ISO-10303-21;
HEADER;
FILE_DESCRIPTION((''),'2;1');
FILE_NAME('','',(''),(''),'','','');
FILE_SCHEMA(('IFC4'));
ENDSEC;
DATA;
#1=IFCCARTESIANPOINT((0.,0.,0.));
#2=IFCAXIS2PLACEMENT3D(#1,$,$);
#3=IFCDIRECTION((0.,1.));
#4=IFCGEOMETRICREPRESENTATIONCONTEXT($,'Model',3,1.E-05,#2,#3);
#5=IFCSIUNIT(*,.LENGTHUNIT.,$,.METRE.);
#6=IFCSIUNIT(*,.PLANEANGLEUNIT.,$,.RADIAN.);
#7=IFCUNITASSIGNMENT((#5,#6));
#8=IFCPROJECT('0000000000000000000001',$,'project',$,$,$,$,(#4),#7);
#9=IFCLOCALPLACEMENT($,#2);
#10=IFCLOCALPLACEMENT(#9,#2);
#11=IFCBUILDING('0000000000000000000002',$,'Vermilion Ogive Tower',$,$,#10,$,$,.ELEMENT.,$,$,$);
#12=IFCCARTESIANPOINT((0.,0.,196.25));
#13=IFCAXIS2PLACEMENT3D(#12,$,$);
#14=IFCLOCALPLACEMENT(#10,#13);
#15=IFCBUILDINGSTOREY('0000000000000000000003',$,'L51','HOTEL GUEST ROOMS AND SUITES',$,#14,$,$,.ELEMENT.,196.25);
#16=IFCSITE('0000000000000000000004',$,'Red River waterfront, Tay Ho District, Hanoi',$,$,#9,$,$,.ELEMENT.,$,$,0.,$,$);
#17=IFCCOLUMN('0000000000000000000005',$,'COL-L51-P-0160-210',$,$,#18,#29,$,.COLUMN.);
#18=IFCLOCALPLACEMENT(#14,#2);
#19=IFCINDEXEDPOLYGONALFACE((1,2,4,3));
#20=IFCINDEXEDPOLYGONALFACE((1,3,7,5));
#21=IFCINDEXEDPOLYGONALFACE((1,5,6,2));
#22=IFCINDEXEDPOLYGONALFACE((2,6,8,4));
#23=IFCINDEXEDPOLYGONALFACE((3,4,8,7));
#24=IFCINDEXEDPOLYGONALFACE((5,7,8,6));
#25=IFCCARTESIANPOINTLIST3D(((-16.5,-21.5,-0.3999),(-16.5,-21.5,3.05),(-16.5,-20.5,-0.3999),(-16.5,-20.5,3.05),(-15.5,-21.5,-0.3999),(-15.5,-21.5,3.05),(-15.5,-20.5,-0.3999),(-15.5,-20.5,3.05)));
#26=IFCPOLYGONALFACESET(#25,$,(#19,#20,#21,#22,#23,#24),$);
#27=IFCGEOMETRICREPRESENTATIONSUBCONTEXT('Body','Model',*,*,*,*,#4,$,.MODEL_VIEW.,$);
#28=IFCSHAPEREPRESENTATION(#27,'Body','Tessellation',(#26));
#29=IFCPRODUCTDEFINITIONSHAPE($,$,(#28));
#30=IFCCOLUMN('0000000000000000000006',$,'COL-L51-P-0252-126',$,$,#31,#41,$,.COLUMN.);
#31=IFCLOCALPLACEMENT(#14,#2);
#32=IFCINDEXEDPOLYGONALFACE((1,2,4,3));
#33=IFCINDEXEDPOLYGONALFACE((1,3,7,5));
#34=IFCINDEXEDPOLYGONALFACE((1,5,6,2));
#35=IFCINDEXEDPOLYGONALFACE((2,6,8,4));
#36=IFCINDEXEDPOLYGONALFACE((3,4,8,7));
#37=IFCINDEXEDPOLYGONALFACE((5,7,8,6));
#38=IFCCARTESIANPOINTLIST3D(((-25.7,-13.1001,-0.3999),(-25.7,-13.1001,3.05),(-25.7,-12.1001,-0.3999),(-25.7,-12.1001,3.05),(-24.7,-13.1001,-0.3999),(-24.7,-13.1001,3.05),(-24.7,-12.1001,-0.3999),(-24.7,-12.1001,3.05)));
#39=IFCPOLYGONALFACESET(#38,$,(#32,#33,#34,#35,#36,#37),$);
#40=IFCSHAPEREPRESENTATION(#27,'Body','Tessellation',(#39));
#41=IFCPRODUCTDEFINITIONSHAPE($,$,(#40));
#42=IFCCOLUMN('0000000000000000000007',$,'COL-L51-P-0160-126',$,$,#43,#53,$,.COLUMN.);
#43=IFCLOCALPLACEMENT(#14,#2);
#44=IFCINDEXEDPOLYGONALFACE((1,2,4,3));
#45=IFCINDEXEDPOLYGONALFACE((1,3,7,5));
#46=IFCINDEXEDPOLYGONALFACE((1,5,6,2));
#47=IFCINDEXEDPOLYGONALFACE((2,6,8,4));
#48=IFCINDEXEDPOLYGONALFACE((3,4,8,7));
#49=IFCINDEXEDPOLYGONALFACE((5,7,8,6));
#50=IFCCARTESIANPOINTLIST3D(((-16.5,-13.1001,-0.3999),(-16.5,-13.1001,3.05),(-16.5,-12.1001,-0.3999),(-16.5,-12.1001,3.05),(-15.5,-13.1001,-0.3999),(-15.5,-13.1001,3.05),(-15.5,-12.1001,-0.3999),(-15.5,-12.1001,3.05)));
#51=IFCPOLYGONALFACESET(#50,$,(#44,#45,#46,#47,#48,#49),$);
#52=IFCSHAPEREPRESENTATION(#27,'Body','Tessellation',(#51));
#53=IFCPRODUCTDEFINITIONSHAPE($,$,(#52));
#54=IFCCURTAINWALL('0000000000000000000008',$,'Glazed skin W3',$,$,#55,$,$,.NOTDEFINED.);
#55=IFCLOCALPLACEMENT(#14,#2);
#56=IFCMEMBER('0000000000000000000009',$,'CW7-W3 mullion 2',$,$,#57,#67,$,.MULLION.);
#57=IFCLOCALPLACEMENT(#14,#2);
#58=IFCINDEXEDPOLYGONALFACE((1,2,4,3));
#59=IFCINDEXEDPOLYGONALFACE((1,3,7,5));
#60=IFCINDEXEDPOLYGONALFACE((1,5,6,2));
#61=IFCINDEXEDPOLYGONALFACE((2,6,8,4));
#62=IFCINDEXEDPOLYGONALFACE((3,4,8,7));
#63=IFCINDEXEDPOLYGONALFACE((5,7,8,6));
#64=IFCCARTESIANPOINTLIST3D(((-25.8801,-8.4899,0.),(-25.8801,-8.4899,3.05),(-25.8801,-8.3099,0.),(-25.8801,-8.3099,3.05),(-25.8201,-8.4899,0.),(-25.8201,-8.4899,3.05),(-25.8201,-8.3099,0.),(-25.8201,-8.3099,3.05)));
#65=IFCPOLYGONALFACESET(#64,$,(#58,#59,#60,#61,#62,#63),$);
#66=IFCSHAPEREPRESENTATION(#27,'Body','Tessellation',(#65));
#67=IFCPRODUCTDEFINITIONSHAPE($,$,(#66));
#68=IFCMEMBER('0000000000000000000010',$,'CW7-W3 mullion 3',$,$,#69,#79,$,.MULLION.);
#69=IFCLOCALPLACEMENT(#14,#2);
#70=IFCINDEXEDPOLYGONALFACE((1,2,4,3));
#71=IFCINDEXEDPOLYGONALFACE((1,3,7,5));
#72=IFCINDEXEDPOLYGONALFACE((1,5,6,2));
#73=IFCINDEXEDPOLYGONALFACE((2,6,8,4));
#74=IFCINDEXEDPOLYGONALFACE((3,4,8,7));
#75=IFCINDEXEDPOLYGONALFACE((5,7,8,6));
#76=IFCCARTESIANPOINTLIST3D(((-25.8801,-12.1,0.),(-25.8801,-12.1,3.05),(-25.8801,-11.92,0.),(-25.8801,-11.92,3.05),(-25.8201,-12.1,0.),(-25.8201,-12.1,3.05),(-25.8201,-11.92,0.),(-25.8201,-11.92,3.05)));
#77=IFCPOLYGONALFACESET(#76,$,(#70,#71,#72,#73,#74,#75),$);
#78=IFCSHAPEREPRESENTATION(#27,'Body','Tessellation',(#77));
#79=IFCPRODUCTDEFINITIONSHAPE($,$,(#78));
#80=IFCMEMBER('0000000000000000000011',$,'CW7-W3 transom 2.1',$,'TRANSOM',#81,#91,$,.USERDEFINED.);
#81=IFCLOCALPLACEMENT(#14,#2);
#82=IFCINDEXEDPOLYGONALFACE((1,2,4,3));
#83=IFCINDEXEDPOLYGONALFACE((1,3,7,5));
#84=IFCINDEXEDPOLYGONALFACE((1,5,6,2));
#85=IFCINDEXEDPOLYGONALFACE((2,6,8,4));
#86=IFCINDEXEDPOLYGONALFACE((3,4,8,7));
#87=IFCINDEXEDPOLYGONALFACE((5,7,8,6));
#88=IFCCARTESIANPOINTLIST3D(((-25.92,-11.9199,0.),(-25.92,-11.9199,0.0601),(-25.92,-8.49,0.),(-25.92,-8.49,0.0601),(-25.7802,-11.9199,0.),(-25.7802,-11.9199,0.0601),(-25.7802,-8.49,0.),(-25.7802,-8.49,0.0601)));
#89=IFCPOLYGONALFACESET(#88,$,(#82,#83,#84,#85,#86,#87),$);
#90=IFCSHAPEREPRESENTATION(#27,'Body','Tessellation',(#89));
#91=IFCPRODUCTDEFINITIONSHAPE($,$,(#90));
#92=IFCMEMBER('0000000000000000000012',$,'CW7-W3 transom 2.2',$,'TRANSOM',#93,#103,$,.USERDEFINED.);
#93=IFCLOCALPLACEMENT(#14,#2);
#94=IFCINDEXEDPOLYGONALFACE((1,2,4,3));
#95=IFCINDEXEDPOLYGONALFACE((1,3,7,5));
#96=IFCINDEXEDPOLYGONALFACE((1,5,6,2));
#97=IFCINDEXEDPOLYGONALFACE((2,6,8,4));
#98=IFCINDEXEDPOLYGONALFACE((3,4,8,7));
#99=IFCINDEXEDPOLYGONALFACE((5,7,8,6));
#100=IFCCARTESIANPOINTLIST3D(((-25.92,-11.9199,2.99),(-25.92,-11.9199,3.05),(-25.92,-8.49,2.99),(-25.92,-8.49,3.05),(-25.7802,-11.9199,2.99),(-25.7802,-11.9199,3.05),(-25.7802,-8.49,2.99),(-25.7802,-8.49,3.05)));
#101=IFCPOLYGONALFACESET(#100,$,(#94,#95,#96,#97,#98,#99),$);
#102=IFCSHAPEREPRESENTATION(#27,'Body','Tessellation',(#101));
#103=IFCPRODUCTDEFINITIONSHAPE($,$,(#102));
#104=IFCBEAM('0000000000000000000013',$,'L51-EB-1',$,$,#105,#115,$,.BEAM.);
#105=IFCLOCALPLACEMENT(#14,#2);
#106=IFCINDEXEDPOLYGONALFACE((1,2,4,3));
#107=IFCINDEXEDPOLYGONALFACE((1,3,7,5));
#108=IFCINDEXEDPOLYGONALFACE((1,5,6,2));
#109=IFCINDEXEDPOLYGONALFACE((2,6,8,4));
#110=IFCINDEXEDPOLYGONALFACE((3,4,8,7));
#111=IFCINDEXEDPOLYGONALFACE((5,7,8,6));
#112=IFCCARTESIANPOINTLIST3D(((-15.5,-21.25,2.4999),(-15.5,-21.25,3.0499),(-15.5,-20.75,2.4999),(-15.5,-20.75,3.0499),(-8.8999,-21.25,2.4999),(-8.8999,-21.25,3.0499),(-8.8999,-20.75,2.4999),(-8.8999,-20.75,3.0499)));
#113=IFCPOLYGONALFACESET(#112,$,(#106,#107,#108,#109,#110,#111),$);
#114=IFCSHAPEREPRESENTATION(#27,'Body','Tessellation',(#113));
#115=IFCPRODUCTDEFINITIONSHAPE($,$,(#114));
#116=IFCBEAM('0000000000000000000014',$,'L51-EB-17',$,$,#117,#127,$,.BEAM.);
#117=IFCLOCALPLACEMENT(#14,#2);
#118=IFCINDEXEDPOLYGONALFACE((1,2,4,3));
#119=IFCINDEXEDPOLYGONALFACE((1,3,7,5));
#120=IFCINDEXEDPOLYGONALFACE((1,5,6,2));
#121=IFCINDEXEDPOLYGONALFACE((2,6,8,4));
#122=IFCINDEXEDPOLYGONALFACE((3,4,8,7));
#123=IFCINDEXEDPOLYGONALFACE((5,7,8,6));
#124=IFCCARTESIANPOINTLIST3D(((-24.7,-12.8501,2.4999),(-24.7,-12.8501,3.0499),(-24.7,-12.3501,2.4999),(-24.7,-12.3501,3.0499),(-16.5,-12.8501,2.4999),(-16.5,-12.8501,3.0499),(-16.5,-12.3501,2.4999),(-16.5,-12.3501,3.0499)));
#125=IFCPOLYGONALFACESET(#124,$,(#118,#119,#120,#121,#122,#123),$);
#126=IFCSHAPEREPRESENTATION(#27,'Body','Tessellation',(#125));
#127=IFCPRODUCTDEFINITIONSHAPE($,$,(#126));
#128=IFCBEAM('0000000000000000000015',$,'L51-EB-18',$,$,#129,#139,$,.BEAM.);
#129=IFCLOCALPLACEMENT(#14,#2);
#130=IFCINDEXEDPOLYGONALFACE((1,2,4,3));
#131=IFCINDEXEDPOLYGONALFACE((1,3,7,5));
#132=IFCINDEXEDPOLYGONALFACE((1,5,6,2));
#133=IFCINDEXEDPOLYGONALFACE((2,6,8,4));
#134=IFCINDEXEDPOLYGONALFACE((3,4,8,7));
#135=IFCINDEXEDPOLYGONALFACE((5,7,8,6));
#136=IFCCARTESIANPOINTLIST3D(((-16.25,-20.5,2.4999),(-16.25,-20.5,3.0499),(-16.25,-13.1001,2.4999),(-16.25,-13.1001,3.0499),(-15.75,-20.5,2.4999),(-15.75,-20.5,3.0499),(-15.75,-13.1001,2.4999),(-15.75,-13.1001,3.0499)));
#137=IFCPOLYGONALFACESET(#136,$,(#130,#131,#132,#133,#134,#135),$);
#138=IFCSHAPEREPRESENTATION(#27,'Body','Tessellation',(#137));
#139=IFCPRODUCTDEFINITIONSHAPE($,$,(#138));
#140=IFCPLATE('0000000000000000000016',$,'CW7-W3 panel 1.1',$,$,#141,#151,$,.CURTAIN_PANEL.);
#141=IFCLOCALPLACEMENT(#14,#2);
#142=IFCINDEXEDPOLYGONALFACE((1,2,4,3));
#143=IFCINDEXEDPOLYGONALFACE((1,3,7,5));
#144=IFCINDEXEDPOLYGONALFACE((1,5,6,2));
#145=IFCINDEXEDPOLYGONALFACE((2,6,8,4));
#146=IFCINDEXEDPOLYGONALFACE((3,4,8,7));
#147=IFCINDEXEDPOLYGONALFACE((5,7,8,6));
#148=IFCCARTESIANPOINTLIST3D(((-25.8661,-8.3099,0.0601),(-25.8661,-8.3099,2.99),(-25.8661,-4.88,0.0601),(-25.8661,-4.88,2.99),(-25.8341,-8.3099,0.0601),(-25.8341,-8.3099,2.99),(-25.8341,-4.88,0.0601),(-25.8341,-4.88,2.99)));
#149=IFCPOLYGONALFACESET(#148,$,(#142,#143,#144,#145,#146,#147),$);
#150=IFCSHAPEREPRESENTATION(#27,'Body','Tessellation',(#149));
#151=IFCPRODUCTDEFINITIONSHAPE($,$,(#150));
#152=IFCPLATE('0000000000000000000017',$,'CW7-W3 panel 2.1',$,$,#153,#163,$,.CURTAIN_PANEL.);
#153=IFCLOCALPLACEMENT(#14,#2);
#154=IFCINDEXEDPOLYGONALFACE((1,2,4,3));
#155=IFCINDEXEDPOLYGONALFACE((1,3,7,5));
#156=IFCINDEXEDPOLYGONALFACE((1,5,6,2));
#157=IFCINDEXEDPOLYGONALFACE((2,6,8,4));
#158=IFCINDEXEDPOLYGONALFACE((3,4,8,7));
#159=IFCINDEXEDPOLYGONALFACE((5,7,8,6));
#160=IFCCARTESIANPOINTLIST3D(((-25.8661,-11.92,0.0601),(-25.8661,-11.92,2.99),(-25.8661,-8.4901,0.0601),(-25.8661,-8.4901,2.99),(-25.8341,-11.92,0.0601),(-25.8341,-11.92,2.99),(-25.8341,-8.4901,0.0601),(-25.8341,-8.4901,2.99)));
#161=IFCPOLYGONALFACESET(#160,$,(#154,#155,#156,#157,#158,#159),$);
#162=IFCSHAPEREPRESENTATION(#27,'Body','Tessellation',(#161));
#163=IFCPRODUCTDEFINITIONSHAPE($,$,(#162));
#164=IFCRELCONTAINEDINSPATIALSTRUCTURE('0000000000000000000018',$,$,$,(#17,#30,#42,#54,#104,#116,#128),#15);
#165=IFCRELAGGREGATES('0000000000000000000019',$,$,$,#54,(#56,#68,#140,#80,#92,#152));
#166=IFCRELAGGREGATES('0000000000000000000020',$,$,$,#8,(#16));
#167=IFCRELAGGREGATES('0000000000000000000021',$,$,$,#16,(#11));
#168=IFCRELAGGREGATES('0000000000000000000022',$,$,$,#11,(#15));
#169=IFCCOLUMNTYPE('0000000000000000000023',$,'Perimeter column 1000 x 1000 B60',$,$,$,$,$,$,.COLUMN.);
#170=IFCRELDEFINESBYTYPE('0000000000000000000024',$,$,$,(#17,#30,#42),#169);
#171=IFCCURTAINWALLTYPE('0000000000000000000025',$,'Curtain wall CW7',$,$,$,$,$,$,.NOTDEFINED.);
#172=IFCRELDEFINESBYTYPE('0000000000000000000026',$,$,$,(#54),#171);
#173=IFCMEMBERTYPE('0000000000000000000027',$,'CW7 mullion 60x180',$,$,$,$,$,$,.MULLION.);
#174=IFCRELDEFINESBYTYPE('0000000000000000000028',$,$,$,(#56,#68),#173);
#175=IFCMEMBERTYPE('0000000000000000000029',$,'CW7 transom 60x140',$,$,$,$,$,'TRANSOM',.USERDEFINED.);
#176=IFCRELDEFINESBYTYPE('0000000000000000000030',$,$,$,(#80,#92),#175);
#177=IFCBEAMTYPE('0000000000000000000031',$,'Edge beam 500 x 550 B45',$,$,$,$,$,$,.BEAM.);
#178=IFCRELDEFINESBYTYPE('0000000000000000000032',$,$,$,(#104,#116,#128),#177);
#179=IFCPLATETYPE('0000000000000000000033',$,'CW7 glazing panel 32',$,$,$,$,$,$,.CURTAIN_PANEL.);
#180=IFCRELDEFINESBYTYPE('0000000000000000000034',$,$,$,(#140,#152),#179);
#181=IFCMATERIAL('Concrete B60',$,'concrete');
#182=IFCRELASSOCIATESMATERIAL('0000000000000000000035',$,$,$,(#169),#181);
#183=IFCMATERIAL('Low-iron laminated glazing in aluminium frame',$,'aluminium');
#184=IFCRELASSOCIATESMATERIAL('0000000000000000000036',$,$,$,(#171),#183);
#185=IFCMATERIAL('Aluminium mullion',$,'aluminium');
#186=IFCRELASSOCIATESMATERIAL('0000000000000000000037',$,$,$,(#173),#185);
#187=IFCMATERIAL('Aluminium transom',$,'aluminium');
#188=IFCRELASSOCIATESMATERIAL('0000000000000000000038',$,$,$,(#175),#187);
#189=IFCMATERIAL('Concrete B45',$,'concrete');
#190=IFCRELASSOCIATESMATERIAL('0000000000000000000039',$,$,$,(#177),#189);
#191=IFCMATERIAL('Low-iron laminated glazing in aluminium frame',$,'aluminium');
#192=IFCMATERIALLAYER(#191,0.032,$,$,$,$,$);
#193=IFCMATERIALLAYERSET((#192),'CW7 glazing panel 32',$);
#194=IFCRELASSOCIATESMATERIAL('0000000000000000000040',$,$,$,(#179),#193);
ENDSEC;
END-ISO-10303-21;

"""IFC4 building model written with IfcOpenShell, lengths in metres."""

from ifc_helpers import new_model, si_unit, direction, frame, origin, origin_2d, place, context, subcontext, project, spatial, rectangle, extrude, material, layer, layer_set, material_profile, profile_set, type_object, element, aggregate, save


model = new_model("IFC4")

# Units and contexts
model_context = context("Model", 3, precision=1e-05, world=origin(), true_north=direction((0.0, 1.0)))
body_context = subcontext(model_context, "Body", "Model", "MODEL_VIEW")
ifc_project = project(units=[si_unit("LENGTHUNIT", "METRE"), si_unit("PLANEANGLEUNIT", "RADIAN")], contexts=[model_context])

# Site, building, storey
site_placement = place(None, origin())
site = spatial("IfcSite", under=ifc_project, at=site_placement, Name="Red River waterfront, Tay Ho District, Hanoi", CompositionType="ELEMENT", RefElevation=0.0)
building_placement = place(site_placement, origin())
building = spatial("IfcBuilding", under=site, at=building_placement, Name="Vermilion Ogive Tower", CompositionType="ELEMENT")
storey_placement = place(building_placement, frame((0.0, 0.0, 196.25)))
storey = spatial("IfcBuildingStorey", under=building, at=storey_placement, Name="L51", Description="HOTEL GUEST ROOMS AND SUITES", CompositionType="ELEMENT", Elevation=196.25)

# Columns
ifc_material_1 = material(Name="Concrete B60", Category="concrete")
ifc_material_profile_1 = material_profile(ifc_material_1, rectangle(XDim=1.0, YDim=1.0, at=origin_2d()), Name="1000 x 1000")
ifc_profile_set_1 = profile_set([ifc_material_profile_1], Name="Concrete B60")
column_type = type_object("IfcColumnType", Name="Perimeter column 1000 x 1000 B60", PredefinedType="COLUMN", material=ifc_profile_set_1)
for number, where, z_axis, x_axis, name in (
    (1, (-16.0, -21.0, -0.3999), (0.0, 0.0, 1.0), (1.0, 0.0, 0.0), "COL-L51-P-0160-210"),
    (2, (-25.2, -12.6001, -0.3999), (0.0, 0.0, 1.0), (1.0, 0.0, 0.0), "COL-L51-P-0252-126"),
    (3, (-16.0, -12.6001, -0.3999), (0.0, 0.0, 1.0), (1.0, 0.0, 0.0), "COL-L51-P-0160-126"),
):
    element("IfcColumn", number, at=place(storey_placement, frame(where, z_axis=z_axis, x_axis=x_axis)), inside=storey, type_object=column_type, Name=name, PredefinedType="COLUMN", context=body_context, shape_type="SweptSolid", body=[
        extrude(rectangle(XDim=1.0, YDim=1.0, at=origin_2d()), origin(), (0.0, 0.0, 1.0), 3.45),
    ])

# Curtain wall, members
ifc_material_2 = material(Name="Low-iron laminated glazing in aluminium frame", Category="aluminium")
curtain_wall_type = type_object("IfcCurtainWallType", Name="Curtain wall CW7", PredefinedType="NOTDEFINED", material=ifc_material_2)
curtain_wall_placement = place(storey_placement, origin())
curtain_wall = element("IfcCurtainWall", 4, at=curtain_wall_placement, inside=storey, type_object=curtain_wall_type, Name="Glazed skin W3", PredefinedType="NOTDEFINED")
ifc_material_3 = material(Name="Aluminium mullion", Category="aluminium")
ifc_material_profile_2 = material_profile(ifc_material_3, rectangle(XDim=0.0601, YDim=0.1799, at=origin_2d()), Name="AL 60x180")
ifc_profile_set_2 = profile_set([ifc_material_profile_2], Name="Aluminium mullion")
member_type_1 = type_object("IfcMemberType", Name="CW7 mullion 60x180", PredefinedType="MULLION", material=ifc_profile_set_2)
member_1_placement = place(storey_placement, frame((-25.8501, -8.3999, 0.0), z_axis=(0.0, 0.0, 1.0), x_axis=(1.0, 0.0, 0.0)))
member_1 = element("IfcMember", 5, at=member_1_placement, type_object=member_type_1, Name="CW7-W3 mullion 2", PredefinedType="MULLION", context=body_context, shape_type="SweptSolid", body=[
    extrude(rectangle(XDim=0.0601, YDim=0.1799, at=origin_2d()), origin(), (0.0, 0.0, 1.0), 3.05),
])
member_2_placement = place(storey_placement, frame((-25.8501, -12.01, 0.0), z_axis=(0.0, 0.0, 1.0), x_axis=(1.0, 0.0, 0.0)))
member_2 = element("IfcMember", 6, at=member_2_placement, type_object=member_type_1, Name="CW7-W3 mullion 3", PredefinedType="MULLION", context=body_context, shape_type="SweptSolid", body=[
    extrude(rectangle(XDim=0.0601, YDim=0.1799, at=origin_2d()), origin(), (0.0, 0.0, 1.0), 3.05),
])
ifc_material_4 = material(Name="Aluminium transom", Category="aluminium")
ifc_material_profile_3 = material_profile(ifc_material_4, rectangle(XDim=0.1399, YDim=0.0601, at=origin_2d()), Name="AL 60x140")
ifc_profile_set_3 = profile_set([ifc_material_profile_3], Name="Aluminium transom")
member_type_2 = type_object("IfcMemberType", Name="CW7 transom 60x140", ElementType="TRANSOM", PredefinedType="USERDEFINED", material=ifc_profile_set_3)
member_3_placement = place(storey_placement, frame((-25.8501, -8.49, 0.03), z_axis=(0.0, -1.0, 0.0), x_axis=(1.0, 0.0, 0.0)))
member_3 = element("IfcMember", 7, at=member_3_placement, type_object=member_type_2, Name="CW7-W3 transom 2.1", ObjectType="TRANSOM", PredefinedType="USERDEFINED", context=body_context, shape_type="SweptSolid", body=[
    extrude(rectangle(XDim=0.1399, YDim=0.0601, at=origin_2d()), origin(), (0.0, 0.0, 1.0), 3.4299),
])
member_4_placement = place(storey_placement, frame((-25.8501, -8.49, 3.02), z_axis=(0.0, -1.0, 0.0), x_axis=(1.0, 0.0, 0.0)))
member_4 = element("IfcMember", 8, at=member_4_placement, type_object=member_type_2, Name="CW7-W3 transom 2.2", ObjectType="TRANSOM", PredefinedType="USERDEFINED", context=body_context, shape_type="SweptSolid", body=[
    extrude(rectangle(XDim=0.1399, YDim=0.0601, at=origin_2d()), origin(), (0.0, 0.0, 1.0), 3.4299),
])

# Beams
ifc_material_5 = material(Name="Concrete B45", Category="concrete")
ifc_material_profile_4 = material_profile(ifc_material_5, rectangle(XDim=0.5, YDim=0.55, at=origin_2d()), Name="500 x 550")
ifc_profile_set_4 = profile_set([ifc_material_profile_4], Name="Concrete B45")
beam_type = type_object("IfcBeamType", Name="Edge beam 500 x 550 B45", PredefinedType="BEAM", material=ifc_profile_set_4)
beam_1_placement = place(storey_placement, frame((-15.5, -21.0, 2.7749), z_axis=(1.0, 0.0, 0.0), x_axis=(0.0, 1.0, 0.0)))
element("IfcBeam", 9, at=beam_1_placement, inside=storey, type_object=beam_type, Name="L51-EB-1", PredefinedType="BEAM", context=body_context, shape_type="SweptSolid", body=[
    extrude(rectangle(XDim=0.5, YDim=0.55, at=origin_2d()), origin(), (0.0, 0.0, 1.0), 6.6001),
])
beam_2_placement = place(storey_placement, frame((-24.7, -12.6001, 2.7749), z_axis=(1.0, 0.0, 0.0), x_axis=(0.0, 1.0, 0.0)))
element("IfcBeam", 10, at=beam_2_placement, inside=storey, type_object=beam_type, Name="L51-EB-17", PredefinedType="BEAM", context=body_context, shape_type="SweptSolid", body=[
    extrude(rectangle(XDim=0.5, YDim=0.55, at=origin_2d()), origin(), (0.0, 0.0, 1.0), 8.2),
])
beam_3_placement = place(storey_placement, frame((-16.0, -13.1001, 2.7749), z_axis=(0.0, -1.0, 0.0), x_axis=(1.0, 0.0, 0.0)))
element("IfcBeam", 11, at=beam_3_placement, inside=storey, type_object=beam_type, Name="L51-EB-18", PredefinedType="BEAM", context=body_context, shape_type="SweptSolid", body=[
    extrude(rectangle(XDim=0.5, YDim=0.55, at=origin_2d()), origin(), (0.0, 0.0, 1.0), 7.3999),
])

# Plates
ifc_material_6 = material(Name="Low-iron laminated glazing in aluminium frame", Category="aluminium")
ifc_layer_1 = layer(ifc_material_6, 0.032)
ifc_layer_set_1 = layer_set([ifc_layer_1], Name="CW7 glazing panel 32")
plate_type = type_object("IfcPlateType", Name="CW7 glazing panel 32", PredefinedType="CURTAIN_PANEL", material=ifc_layer_set_1)
plate_1_placement = place(storey_placement, frame((-25.8501, -6.595, 0.0601), z_axis=(0.0, 0.0, 1.0), x_axis=(0.0, -1.0, 0.0)))
plate_1 = element("IfcPlate", 12, at=plate_1_placement, type_object=plate_type, Name="CW7-W3 panel 1.1", PredefinedType="CURTAIN_PANEL", context=body_context, shape_type="SweptSolid", body=[
    extrude(rectangle(XDim=3.4299, YDim=0.032, at=origin_2d()), origin(), (0.0, 0.0, 1.0), 2.9299),
])
plate_2_placement = place(storey_placement, frame((-25.8501, -10.2051, 0.0601), z_axis=(0.0, 0.0, 1.0), x_axis=(0.0, -1.0, 0.0)))
plate_2 = element("IfcPlate", 13, at=plate_2_placement, type_object=plate_type, Name="CW7-W3 panel 2.1", PredefinedType="CURTAIN_PANEL", context=body_context, shape_type="SweptSolid", body=[
    extrude(rectangle(XDim=3.4299, YDim=0.032, at=origin_2d()), origin(), (0.0, 0.0, 1.0), 2.9299),
])
aggregate(curtain_wall, [member_1, member_2, plate_1, member_3, member_4, plate_2])

save(model, "model.ifc")
